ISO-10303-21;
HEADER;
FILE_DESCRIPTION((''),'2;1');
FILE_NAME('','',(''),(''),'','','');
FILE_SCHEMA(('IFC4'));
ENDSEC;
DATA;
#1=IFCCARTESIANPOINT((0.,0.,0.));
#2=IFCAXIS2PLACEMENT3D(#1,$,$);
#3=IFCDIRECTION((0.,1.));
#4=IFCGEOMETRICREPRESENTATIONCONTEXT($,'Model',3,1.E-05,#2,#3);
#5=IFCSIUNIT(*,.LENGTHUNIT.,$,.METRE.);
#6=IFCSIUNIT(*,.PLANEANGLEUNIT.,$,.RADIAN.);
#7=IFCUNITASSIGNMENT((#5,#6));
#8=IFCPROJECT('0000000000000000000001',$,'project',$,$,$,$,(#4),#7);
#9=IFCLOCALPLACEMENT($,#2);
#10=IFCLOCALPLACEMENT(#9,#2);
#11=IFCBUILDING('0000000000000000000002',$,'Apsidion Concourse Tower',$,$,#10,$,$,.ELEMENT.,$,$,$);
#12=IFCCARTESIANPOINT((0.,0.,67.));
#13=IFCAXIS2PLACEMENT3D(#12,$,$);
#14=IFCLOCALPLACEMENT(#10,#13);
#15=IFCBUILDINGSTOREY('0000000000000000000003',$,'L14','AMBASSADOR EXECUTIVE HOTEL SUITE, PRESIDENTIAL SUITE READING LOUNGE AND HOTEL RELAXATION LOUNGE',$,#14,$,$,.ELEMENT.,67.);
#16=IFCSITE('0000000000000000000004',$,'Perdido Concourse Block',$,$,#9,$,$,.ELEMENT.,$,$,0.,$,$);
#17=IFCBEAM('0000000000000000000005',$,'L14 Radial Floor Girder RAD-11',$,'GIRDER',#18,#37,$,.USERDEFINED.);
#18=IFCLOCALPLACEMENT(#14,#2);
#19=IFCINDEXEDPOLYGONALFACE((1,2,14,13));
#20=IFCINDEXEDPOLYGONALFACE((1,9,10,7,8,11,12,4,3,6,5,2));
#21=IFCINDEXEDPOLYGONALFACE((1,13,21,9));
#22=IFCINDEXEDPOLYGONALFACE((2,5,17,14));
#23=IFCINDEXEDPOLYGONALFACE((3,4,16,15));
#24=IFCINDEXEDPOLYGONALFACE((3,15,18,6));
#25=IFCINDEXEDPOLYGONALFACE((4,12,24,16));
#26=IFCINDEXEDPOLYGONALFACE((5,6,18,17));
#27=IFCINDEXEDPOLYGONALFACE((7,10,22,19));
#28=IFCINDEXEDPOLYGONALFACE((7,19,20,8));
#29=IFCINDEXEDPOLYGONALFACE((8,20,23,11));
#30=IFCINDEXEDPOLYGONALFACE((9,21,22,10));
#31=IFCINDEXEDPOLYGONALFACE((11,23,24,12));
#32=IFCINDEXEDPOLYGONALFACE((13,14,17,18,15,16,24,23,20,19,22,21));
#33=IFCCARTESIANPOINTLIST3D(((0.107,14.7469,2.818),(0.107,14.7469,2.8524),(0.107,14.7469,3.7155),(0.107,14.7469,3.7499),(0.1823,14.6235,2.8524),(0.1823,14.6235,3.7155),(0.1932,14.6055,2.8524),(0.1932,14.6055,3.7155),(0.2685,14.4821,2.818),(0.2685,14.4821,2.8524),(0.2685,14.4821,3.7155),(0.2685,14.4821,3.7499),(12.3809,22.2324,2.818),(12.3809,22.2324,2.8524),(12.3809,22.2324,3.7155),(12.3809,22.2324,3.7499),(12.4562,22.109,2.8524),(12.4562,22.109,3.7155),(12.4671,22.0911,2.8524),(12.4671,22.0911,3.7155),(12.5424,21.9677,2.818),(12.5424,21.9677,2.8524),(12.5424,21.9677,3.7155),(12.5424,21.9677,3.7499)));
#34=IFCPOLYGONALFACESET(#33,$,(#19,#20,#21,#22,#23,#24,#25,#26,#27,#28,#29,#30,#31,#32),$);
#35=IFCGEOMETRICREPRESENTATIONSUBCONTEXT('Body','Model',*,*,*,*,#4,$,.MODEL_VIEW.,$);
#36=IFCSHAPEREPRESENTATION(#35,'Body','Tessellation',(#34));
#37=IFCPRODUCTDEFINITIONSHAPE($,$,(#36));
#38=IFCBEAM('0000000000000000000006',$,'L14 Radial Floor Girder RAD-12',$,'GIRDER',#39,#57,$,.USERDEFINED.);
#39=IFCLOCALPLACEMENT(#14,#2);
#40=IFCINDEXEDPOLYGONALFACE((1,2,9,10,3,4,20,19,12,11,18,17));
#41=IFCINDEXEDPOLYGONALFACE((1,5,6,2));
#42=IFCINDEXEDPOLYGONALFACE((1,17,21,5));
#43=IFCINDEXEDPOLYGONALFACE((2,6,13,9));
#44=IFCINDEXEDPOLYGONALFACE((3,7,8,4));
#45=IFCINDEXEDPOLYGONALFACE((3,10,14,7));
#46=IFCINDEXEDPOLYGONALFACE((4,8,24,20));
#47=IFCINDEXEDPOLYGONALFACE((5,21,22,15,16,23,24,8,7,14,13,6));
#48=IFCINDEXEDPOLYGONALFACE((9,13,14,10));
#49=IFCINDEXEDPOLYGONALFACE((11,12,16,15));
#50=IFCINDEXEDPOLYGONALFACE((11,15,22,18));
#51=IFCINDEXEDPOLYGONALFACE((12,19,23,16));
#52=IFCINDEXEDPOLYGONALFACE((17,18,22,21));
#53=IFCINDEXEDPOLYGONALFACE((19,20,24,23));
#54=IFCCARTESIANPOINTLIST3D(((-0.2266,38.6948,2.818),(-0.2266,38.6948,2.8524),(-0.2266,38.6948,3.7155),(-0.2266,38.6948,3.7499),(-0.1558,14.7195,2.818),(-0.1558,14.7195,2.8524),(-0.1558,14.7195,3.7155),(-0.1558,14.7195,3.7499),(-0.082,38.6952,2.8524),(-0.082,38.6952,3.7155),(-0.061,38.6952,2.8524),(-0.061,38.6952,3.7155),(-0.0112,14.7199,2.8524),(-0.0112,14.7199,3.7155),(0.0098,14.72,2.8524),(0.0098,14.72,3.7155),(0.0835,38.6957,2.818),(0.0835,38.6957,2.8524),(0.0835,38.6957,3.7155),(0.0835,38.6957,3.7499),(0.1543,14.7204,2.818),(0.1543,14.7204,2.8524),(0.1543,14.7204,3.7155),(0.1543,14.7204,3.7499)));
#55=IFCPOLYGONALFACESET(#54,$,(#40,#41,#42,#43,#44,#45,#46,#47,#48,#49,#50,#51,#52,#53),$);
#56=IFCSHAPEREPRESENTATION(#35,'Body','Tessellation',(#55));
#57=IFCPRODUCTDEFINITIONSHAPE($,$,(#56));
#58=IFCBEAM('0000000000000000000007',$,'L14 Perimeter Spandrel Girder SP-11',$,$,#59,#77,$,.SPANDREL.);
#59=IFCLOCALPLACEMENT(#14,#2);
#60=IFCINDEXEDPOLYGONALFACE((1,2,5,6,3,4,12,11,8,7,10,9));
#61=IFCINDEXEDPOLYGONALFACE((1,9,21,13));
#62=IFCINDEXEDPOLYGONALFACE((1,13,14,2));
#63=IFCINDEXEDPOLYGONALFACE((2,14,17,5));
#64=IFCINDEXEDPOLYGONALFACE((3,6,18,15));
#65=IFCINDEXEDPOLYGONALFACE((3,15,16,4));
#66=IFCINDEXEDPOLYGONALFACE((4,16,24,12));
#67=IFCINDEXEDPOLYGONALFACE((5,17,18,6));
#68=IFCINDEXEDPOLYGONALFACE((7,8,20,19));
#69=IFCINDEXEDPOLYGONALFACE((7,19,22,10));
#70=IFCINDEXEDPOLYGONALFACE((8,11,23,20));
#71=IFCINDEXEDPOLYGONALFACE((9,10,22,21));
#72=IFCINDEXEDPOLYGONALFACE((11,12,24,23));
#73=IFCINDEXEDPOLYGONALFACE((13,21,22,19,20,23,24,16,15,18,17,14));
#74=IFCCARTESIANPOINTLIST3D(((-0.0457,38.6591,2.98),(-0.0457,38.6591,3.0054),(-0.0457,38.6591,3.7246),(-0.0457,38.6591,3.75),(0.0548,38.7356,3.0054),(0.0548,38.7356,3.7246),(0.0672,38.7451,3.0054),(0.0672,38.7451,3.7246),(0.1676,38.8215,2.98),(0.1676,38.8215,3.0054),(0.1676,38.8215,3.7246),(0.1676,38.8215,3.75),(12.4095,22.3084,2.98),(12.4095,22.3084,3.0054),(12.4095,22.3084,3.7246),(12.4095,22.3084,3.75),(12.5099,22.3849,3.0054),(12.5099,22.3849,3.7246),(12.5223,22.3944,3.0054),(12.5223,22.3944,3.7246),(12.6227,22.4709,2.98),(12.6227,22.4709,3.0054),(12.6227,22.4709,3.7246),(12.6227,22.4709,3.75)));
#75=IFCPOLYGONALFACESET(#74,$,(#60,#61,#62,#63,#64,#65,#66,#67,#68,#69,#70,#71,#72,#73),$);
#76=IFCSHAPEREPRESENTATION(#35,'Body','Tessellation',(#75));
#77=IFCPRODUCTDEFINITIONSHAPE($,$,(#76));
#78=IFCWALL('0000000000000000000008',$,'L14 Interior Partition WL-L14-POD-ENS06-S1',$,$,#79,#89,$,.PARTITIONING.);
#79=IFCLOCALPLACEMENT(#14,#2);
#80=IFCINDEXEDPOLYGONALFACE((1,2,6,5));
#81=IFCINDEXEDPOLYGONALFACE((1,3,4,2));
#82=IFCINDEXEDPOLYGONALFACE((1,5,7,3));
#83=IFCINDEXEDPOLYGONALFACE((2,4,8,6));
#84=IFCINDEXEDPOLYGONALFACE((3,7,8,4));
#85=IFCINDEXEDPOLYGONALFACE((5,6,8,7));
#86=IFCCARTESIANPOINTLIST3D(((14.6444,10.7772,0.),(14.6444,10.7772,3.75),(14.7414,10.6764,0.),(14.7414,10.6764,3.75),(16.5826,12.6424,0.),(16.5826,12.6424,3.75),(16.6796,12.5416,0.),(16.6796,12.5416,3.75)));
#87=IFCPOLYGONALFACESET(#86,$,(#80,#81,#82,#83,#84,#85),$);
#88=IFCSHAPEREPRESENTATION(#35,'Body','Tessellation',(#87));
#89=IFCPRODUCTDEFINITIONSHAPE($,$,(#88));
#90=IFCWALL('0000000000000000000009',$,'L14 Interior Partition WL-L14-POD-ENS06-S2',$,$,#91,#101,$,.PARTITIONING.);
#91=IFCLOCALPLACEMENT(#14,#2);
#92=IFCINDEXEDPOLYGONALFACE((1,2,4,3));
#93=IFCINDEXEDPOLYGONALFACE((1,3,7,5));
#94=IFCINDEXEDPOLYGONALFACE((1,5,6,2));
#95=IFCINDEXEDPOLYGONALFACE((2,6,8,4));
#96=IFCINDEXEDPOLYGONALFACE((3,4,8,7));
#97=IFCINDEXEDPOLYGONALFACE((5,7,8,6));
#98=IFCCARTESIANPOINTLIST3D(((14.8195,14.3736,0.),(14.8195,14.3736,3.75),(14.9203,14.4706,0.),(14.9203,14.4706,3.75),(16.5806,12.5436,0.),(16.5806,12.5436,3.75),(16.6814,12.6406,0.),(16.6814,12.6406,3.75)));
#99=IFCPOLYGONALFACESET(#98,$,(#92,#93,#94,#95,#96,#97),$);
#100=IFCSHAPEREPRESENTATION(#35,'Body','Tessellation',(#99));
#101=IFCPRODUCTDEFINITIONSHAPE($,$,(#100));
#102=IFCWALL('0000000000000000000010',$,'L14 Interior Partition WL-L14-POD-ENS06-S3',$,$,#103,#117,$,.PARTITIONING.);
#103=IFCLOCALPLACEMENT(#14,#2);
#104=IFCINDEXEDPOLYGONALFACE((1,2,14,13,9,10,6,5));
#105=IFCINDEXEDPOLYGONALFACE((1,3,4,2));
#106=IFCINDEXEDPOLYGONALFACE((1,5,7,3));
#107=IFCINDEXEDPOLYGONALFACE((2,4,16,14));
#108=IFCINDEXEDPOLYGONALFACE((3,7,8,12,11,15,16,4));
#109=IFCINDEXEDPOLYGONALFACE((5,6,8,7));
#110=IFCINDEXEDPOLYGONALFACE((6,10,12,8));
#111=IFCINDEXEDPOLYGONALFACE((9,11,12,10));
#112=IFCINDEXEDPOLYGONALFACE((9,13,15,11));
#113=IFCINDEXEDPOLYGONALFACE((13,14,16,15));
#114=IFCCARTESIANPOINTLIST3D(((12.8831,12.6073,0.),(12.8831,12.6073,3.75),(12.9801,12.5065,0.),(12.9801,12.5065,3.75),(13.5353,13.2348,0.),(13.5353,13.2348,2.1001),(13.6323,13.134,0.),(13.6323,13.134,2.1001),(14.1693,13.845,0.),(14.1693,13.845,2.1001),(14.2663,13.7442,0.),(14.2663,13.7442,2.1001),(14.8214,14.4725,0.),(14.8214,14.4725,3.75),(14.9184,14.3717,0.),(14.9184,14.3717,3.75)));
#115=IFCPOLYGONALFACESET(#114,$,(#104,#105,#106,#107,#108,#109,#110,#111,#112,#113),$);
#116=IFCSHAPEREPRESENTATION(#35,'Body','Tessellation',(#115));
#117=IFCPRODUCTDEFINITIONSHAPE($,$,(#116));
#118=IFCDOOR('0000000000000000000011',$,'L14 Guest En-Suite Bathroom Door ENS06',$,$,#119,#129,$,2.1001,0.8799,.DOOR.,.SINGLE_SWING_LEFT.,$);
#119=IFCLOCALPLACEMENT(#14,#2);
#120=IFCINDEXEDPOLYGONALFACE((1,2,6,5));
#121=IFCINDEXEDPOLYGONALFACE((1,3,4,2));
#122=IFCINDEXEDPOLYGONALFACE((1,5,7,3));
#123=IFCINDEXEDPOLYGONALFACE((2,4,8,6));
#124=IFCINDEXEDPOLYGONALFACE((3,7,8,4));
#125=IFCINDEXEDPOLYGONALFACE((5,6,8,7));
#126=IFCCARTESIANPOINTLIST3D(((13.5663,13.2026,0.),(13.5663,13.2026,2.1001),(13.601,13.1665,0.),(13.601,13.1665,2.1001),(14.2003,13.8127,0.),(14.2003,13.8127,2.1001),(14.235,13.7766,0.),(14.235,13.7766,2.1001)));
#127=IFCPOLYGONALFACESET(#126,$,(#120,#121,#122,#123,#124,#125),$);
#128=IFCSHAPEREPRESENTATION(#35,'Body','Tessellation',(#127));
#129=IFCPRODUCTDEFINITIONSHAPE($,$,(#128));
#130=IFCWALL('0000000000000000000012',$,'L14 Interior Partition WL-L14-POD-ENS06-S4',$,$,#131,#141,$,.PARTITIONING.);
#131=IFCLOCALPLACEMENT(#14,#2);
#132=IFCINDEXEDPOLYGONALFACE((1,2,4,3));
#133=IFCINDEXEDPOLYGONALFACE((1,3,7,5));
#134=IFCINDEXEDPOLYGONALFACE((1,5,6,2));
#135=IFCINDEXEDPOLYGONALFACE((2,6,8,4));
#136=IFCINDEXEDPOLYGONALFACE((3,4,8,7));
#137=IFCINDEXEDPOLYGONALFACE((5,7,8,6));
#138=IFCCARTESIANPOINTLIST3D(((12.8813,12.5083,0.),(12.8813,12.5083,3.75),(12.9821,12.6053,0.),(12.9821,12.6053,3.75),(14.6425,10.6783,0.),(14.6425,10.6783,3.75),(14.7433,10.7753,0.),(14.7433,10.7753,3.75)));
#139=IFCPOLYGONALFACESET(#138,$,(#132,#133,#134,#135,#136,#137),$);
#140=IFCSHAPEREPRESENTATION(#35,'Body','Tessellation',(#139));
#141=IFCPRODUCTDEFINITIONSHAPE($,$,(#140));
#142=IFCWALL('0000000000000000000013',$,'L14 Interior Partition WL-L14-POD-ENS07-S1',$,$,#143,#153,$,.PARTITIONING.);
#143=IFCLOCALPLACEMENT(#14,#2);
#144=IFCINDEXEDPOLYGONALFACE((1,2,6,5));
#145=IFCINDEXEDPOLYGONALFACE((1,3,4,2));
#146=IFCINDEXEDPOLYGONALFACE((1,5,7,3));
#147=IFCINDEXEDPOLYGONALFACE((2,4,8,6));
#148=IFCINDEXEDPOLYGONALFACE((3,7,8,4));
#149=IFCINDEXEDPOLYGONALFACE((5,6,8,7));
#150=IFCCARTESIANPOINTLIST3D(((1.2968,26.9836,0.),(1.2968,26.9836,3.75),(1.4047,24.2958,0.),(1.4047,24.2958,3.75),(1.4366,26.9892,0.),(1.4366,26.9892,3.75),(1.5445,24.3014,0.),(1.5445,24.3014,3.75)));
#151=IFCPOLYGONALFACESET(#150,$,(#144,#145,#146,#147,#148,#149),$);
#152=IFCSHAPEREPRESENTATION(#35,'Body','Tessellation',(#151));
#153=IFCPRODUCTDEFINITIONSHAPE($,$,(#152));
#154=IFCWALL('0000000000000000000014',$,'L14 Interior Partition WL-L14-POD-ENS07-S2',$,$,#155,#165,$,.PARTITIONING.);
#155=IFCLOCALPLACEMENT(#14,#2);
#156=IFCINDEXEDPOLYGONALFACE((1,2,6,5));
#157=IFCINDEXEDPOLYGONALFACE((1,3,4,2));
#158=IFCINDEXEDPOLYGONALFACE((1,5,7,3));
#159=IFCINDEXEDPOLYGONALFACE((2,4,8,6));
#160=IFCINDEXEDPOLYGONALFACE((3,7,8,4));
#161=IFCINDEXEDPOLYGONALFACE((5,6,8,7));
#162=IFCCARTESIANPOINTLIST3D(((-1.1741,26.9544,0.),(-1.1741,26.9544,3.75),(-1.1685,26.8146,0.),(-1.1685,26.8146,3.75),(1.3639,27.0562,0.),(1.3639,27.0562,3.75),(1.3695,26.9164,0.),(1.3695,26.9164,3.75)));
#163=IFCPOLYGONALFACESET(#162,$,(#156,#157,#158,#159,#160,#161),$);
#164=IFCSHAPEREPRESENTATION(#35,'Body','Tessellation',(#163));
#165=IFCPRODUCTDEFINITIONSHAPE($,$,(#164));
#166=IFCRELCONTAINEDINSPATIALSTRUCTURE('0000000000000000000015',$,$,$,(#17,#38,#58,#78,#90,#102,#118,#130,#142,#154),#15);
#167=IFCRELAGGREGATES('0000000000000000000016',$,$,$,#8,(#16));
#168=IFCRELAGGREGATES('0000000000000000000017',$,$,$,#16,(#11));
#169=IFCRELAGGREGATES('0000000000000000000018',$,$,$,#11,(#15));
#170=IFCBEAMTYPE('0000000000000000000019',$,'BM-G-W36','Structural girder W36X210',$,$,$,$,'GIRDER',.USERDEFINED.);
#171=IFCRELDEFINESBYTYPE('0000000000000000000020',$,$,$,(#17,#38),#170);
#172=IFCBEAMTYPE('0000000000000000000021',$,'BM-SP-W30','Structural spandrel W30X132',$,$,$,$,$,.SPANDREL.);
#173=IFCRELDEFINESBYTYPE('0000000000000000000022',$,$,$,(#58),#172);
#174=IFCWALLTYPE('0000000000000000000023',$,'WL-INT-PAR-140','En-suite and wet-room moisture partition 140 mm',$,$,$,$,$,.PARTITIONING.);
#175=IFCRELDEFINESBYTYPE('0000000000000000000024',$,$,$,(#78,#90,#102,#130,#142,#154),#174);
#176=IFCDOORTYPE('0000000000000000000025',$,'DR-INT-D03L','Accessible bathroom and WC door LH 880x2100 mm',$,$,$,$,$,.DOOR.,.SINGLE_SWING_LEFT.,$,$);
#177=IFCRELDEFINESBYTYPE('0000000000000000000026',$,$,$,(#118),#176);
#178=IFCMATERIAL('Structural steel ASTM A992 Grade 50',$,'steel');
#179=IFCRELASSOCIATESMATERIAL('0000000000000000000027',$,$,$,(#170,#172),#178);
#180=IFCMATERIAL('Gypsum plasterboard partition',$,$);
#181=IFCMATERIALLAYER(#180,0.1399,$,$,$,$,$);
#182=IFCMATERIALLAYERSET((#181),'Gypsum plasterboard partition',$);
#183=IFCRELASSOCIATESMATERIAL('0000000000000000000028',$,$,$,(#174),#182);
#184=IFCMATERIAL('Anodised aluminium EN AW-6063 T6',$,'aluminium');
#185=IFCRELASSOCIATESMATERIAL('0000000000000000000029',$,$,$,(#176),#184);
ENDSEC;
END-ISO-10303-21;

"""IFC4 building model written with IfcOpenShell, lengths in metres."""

from ifc_helpers import new_model, si_unit, direction, frame, frame_2d, origin, origin_2d, place, context, subcontext, project, spatial, rectangle, i_section, extrude, material, layer, layer_set, material_profile, profile_set, type_object, element, fill, save


model = new_model("IFC4")

# Units and contexts
model_context = context("Model", 3, precision=1e-05, world=origin(), true_north=direction((0.0, 1.0)))
body_context = subcontext(model_context, "Body", "Model", "MODEL_VIEW")
ifc_project = project(units=[si_unit("LENGTHUNIT", "METRE"), si_unit("PLANEANGLEUNIT", "RADIAN")], contexts=[model_context])

# Site, building, storey
site_placement = place(None, origin())
site = spatial("IfcSite", under=ifc_project, at=site_placement, Name="Perdido Concourse Block", CompositionType="ELEMENT", RefElevation=0.0)
building_placement = place(site_placement, origin())
building = spatial("IfcBuilding", under=site, at=building_placement, Name="Apsidion Concourse Tower", CompositionType="ELEMENT")
storey_placement = place(building_placement, frame((0.0, 0.0, 67.0)))
storey = spatial("IfcBuildingStorey", under=building, at=storey_placement, Name="L14", Description="AMBASSADOR EXECUTIVE HOTEL SUITE, PRESIDENTIAL SUITE READING LOUNGE AND HOTEL RELAXATION LOUNGE", CompositionType="ELEMENT", Elevation=67.0)

# Beams
ifc_material_1 = material(Name="Structural steel ASTM A992 Grade 50", Category="steel")
ifc_material_profile_1 = material_profile(ifc_material_1, i_section(OverallWidth=0.3101, OverallDepth=0.9319, WebThickness=0.021, FlangeThickness=0.0344, at=origin_2d()), Name="W36X210")
ifc_profile_set_1 = profile_set([ifc_material_profile_1], Name="Structural steel ASTM A992 Grade 50")
beam_type_1 = type_object("IfcBeamType", Name="BM-G-W36", Description="Structural girder W36X210", ElementType="GIRDER", PredefinedType="USERDEFINED", material=ifc_profile_set_1)
beam_1_placement = place(storey_placement, frame((0.1877, 14.6145, 3.2839), z_axis=(0.85375, 0.520683, 0.0), x_axis=(-0.520683, 0.85375, 0.0)))
element("IfcBeam", 1, at=beam_1_placement, inside=storey, type_object=beam_type_1, Name="L14 Radial Floor Girder RAD-11", ObjectType="GIRDER", PredefinedType="USERDEFINED", context=body_context, shape_type="SweptSolid", body=[
    extrude(i_section(OverallWidth=0.3101, OverallDepth=0.9319, WebThickness=0.021, FlangeThickness=0.0344, at=origin_2d()), origin(), (0.0, 0.0, 1.0), 14.3765),
])
beam_2_placement = place(storey_placement, frame((-0.0007, 14.72, 3.2839), z_axis=(-0.002953, 0.999996, 0.0), x_axis=(-0.999996, -0.002953, 0.0)))
element("IfcBeam", 2, at=beam_2_placement, inside=storey, type_object=beam_type_1, Name="L14 Radial Floor Girder RAD-12", ObjectType="GIRDER", PredefinedType="USERDEFINED", context=body_context, shape_type="SweptSolid", body=[
    extrude(i_section(OverallWidth=0.3101, OverallDepth=0.9319, WebThickness=0.021, FlangeThickness=0.0344, at=origin_2d()), origin(), (0.0, 0.0, 1.0), 23.9753),
])
ifc_material_profile_2 = material_profile(ifc_material_1, i_section(OverallWidth=0.2681, OverallDepth=0.77, WebThickness=0.0156, FlangeThickness=0.0254, at=origin_2d()), Name="W30X132")
ifc_profile_set_2 = profile_set([ifc_material_profile_2], Name="Structural steel ASTM A992 Grade 50")
beam_type_2 = type_object("IfcBeamType", Name="BM-SP-W30", Description="Structural spandrel W30X132", PredefinedType="SPANDREL", material=ifc_profile_set_2)
beam_3_placement = place(storey_placement, frame((12.5161, 22.3896, 3.365), z_axis=(-0.605966, 0.795491, 0.0), x_axis=(-0.795491, -0.605966, 0.0)))
element("IfcBeam", 3, at=beam_3_placement, inside=storey, type_object=beam_type_2, Name="L14 Perimeter Spandrel Girder SP-11", PredefinedType="SPANDREL", context=body_context, shape_type="SweptSolid", body=[
    extrude(i_section(OverallWidth=0.2681, OverallDepth=0.77, WebThickness=0.0156, FlangeThickness=0.0254, at=origin_2d()), origin(), (0.0, 0.0, 1.0), 20.5542),
])

# Walls
ifc_material_2 = material(Name="Gypsum plasterboard partition")
ifc_layer_1 = layer(ifc_material_2, 0.1399)
ifc_layer_set_1 = layer_set([ifc_layer_1], Name="Gypsum plasterboard partition")
wall_type_1 = type_object("IfcWallType", Name="WL-INT-PAR-140", Description="En-suite and wet-room moisture partition 140 mm", PredefinedType="PARTITIONING", material=ifc_layer_set_1)
wall_1_placement = place(storey_placement, frame((14.6929, 10.7268, 0.0), z_axis=(0.0, 0.0, 1.0), x_axis=(0.720545, 0.693408, 0.0)))
element("IfcWall", 4, at=wall_1_placement, inside=storey, type_object=wall_type_1, Name="L14 Interior Partition WL-L14-POD-ENS06-S1", PredefinedType="PARTITIONING", context=body_context, shape_type="SweptSolid", body=[
    extrude(rectangle(XDim=2.6899, YDim=0.1399, at=frame_2d((1.345, 0.0))), origin(), (0.0, 0.0, 1.0), 3.75),
])
wall_2_placement = place(storey_placement, frame((16.6311, 12.592, 0.0), z_axis=(0.0, 0.0, 1.0), x_axis=(-0.693424, 0.72053, 0.0)))
element("IfcWall", 5, at=wall_2_placement, inside=storey, type_object=wall_type_1, Name="L14 Interior Partition WL-L14-POD-ENS06-S2", PredefinedType="PARTITIONING", context=body_context, shape_type="SweptSolid", body=[
    extrude(rectangle(XDim=2.5398, YDim=0.1399, at=frame_2d((1.27, 0.0))), origin(), (0.0, 0.0, 1.0), 3.75),
])

# Wall, opening, door
wall_3_placement = place(storey_placement, frame((14.8699, 14.4221, 0.0), z_axis=(0.0, 0.0, 1.0), x_axis=(-0.720545, -0.693408, 0.0)))
wall_3 = element("IfcWall", 6, at=wall_3_placement, inside=storey, type_object=wall_type_1, Name="L14 Interior Partition WL-L14-POD-ENS06-S3", PredefinedType="PARTITIONING", context=body_context, shape_type="SweptSolid", body=[
    extrude(rectangle(XDim=2.6899, YDim=0.1399, at=frame_2d((1.345, 0.0))), origin(), (0.0, 0.0, 1.0), 3.75),
])
opening_1_placement = place(wall_3_placement, frame((0.905, 0.0, 0.0)))
opening_1 = element("IfcOpeningElement", 7, at=opening_1_placement, cuts=wall_3, PredefinedType="OPENING", context=body_context, shape_type="SweptSolid", body=[
    extrude(rectangle(XDim=0.8799, YDim=2.1001, at=frame_2d((0.4399, 1.05))), frame((0.0, 0.0801, 0.0), z_axis=(0.0, -1.0, 0.0), x_axis=(1.0, 0.0, 0.0)), (0.0, 0.0, 1.0), 0.1599),
])
ifc_material_3 = material(Name="Anodised aluminium EN AW-6063 T6", Category="aluminium")
door_type_1 = type_object("IfcDoorType", Name="DR-INT-D03L", Description="Accessible bathroom and WC door LH 880x2100 mm", OperationType="SINGLE_SWING_LEFT", PredefinedType="DOOR", material=ifc_material_3)
door_1_placement = place(opening_1_placement, origin())
door_1 = element("IfcDoor", 8, at=door_1_placement, inside=storey, type_object=door_type_1, Name="L14 Guest En-Suite Bathroom Door ENS06", OperationType="SINGLE_SWING_LEFT", OverallHeight=2.1001, OverallWidth=0.8799, PredefinedType="DOOR", context=body_context, shape_type="SweptSolid", body=[
    extrude(rectangle(XDim=0.8799, YDim=2.1001, at=frame_2d((0.4399, 1.05))), frame((0.0, 0.0249, 0.0), z_axis=(0.0, -1.0, 0.0), x_axis=(1.0, 0.0, 0.0)), (0.0, 0.0, 1.0), 0.05),
])
fill(opening_1, door_1)

# Walls
wall_4_placement = place(storey_placement, frame((12.9316, 12.5569, 0.0), z_axis=(0.0, 0.0, 1.0), x_axis=(0.693424, -0.72053, 0.0)))
element("IfcWall", 9, at=wall_4_placement, inside=storey, type_object=wall_type_1, Name="L14 Interior Partition WL-L14-POD-ENS06-S4", PredefinedType="PARTITIONING", context=body_context, shape_type="SweptSolid", body=[
    extrude(rectangle(XDim=2.5398, YDim=0.1399, at=frame_2d((1.27, 0.0))), origin(), (0.0, 0.0, 1.0), 3.75),
])
wall_5_placement = place(storey_placement, frame((1.4746, 24.2986, 0.0), z_axis=(0.0, 0.0, 1.0), x_axis=(-0.040117, 0.999195, 0.0)))
element("IfcWall", 10, at=wall_5_placement, inside=storey, type_object=wall_type_1, Name="L14 Interior Partition WL-L14-POD-ENS07-S1", PredefinedType="PARTITIONING", context=body_context, shape_type="SweptSolid", body=[
    extrude(rectangle(XDim=2.6899, YDim=0.1399, at=frame_2d((1.345, 0.0))), origin(), (0.0, 0.0, 1.0), 3.75),
])
wall_6_placement = place(storey_placement, frame((1.3667, 26.9863, 0.0), z_axis=(0.0, 0.0, 1.0), x_axis=(-0.999196, -0.040079, 0.0)))
element("IfcWall", 11, at=wall_6_placement, inside=storey, type_object=wall_type_1, Name="L14 Interior Partition WL-L14-POD-ENS07-S2", PredefinedType="PARTITIONING", context=body_context, shape_type="SweptSolid", body=[
    extrude(rectangle(XDim=2.54, YDim=0.1399, at=frame_2d((1.27, 0.0))), origin(), (0.0, 0.0, 1.0), 3.75),
])

save(model, "model.ifc")
